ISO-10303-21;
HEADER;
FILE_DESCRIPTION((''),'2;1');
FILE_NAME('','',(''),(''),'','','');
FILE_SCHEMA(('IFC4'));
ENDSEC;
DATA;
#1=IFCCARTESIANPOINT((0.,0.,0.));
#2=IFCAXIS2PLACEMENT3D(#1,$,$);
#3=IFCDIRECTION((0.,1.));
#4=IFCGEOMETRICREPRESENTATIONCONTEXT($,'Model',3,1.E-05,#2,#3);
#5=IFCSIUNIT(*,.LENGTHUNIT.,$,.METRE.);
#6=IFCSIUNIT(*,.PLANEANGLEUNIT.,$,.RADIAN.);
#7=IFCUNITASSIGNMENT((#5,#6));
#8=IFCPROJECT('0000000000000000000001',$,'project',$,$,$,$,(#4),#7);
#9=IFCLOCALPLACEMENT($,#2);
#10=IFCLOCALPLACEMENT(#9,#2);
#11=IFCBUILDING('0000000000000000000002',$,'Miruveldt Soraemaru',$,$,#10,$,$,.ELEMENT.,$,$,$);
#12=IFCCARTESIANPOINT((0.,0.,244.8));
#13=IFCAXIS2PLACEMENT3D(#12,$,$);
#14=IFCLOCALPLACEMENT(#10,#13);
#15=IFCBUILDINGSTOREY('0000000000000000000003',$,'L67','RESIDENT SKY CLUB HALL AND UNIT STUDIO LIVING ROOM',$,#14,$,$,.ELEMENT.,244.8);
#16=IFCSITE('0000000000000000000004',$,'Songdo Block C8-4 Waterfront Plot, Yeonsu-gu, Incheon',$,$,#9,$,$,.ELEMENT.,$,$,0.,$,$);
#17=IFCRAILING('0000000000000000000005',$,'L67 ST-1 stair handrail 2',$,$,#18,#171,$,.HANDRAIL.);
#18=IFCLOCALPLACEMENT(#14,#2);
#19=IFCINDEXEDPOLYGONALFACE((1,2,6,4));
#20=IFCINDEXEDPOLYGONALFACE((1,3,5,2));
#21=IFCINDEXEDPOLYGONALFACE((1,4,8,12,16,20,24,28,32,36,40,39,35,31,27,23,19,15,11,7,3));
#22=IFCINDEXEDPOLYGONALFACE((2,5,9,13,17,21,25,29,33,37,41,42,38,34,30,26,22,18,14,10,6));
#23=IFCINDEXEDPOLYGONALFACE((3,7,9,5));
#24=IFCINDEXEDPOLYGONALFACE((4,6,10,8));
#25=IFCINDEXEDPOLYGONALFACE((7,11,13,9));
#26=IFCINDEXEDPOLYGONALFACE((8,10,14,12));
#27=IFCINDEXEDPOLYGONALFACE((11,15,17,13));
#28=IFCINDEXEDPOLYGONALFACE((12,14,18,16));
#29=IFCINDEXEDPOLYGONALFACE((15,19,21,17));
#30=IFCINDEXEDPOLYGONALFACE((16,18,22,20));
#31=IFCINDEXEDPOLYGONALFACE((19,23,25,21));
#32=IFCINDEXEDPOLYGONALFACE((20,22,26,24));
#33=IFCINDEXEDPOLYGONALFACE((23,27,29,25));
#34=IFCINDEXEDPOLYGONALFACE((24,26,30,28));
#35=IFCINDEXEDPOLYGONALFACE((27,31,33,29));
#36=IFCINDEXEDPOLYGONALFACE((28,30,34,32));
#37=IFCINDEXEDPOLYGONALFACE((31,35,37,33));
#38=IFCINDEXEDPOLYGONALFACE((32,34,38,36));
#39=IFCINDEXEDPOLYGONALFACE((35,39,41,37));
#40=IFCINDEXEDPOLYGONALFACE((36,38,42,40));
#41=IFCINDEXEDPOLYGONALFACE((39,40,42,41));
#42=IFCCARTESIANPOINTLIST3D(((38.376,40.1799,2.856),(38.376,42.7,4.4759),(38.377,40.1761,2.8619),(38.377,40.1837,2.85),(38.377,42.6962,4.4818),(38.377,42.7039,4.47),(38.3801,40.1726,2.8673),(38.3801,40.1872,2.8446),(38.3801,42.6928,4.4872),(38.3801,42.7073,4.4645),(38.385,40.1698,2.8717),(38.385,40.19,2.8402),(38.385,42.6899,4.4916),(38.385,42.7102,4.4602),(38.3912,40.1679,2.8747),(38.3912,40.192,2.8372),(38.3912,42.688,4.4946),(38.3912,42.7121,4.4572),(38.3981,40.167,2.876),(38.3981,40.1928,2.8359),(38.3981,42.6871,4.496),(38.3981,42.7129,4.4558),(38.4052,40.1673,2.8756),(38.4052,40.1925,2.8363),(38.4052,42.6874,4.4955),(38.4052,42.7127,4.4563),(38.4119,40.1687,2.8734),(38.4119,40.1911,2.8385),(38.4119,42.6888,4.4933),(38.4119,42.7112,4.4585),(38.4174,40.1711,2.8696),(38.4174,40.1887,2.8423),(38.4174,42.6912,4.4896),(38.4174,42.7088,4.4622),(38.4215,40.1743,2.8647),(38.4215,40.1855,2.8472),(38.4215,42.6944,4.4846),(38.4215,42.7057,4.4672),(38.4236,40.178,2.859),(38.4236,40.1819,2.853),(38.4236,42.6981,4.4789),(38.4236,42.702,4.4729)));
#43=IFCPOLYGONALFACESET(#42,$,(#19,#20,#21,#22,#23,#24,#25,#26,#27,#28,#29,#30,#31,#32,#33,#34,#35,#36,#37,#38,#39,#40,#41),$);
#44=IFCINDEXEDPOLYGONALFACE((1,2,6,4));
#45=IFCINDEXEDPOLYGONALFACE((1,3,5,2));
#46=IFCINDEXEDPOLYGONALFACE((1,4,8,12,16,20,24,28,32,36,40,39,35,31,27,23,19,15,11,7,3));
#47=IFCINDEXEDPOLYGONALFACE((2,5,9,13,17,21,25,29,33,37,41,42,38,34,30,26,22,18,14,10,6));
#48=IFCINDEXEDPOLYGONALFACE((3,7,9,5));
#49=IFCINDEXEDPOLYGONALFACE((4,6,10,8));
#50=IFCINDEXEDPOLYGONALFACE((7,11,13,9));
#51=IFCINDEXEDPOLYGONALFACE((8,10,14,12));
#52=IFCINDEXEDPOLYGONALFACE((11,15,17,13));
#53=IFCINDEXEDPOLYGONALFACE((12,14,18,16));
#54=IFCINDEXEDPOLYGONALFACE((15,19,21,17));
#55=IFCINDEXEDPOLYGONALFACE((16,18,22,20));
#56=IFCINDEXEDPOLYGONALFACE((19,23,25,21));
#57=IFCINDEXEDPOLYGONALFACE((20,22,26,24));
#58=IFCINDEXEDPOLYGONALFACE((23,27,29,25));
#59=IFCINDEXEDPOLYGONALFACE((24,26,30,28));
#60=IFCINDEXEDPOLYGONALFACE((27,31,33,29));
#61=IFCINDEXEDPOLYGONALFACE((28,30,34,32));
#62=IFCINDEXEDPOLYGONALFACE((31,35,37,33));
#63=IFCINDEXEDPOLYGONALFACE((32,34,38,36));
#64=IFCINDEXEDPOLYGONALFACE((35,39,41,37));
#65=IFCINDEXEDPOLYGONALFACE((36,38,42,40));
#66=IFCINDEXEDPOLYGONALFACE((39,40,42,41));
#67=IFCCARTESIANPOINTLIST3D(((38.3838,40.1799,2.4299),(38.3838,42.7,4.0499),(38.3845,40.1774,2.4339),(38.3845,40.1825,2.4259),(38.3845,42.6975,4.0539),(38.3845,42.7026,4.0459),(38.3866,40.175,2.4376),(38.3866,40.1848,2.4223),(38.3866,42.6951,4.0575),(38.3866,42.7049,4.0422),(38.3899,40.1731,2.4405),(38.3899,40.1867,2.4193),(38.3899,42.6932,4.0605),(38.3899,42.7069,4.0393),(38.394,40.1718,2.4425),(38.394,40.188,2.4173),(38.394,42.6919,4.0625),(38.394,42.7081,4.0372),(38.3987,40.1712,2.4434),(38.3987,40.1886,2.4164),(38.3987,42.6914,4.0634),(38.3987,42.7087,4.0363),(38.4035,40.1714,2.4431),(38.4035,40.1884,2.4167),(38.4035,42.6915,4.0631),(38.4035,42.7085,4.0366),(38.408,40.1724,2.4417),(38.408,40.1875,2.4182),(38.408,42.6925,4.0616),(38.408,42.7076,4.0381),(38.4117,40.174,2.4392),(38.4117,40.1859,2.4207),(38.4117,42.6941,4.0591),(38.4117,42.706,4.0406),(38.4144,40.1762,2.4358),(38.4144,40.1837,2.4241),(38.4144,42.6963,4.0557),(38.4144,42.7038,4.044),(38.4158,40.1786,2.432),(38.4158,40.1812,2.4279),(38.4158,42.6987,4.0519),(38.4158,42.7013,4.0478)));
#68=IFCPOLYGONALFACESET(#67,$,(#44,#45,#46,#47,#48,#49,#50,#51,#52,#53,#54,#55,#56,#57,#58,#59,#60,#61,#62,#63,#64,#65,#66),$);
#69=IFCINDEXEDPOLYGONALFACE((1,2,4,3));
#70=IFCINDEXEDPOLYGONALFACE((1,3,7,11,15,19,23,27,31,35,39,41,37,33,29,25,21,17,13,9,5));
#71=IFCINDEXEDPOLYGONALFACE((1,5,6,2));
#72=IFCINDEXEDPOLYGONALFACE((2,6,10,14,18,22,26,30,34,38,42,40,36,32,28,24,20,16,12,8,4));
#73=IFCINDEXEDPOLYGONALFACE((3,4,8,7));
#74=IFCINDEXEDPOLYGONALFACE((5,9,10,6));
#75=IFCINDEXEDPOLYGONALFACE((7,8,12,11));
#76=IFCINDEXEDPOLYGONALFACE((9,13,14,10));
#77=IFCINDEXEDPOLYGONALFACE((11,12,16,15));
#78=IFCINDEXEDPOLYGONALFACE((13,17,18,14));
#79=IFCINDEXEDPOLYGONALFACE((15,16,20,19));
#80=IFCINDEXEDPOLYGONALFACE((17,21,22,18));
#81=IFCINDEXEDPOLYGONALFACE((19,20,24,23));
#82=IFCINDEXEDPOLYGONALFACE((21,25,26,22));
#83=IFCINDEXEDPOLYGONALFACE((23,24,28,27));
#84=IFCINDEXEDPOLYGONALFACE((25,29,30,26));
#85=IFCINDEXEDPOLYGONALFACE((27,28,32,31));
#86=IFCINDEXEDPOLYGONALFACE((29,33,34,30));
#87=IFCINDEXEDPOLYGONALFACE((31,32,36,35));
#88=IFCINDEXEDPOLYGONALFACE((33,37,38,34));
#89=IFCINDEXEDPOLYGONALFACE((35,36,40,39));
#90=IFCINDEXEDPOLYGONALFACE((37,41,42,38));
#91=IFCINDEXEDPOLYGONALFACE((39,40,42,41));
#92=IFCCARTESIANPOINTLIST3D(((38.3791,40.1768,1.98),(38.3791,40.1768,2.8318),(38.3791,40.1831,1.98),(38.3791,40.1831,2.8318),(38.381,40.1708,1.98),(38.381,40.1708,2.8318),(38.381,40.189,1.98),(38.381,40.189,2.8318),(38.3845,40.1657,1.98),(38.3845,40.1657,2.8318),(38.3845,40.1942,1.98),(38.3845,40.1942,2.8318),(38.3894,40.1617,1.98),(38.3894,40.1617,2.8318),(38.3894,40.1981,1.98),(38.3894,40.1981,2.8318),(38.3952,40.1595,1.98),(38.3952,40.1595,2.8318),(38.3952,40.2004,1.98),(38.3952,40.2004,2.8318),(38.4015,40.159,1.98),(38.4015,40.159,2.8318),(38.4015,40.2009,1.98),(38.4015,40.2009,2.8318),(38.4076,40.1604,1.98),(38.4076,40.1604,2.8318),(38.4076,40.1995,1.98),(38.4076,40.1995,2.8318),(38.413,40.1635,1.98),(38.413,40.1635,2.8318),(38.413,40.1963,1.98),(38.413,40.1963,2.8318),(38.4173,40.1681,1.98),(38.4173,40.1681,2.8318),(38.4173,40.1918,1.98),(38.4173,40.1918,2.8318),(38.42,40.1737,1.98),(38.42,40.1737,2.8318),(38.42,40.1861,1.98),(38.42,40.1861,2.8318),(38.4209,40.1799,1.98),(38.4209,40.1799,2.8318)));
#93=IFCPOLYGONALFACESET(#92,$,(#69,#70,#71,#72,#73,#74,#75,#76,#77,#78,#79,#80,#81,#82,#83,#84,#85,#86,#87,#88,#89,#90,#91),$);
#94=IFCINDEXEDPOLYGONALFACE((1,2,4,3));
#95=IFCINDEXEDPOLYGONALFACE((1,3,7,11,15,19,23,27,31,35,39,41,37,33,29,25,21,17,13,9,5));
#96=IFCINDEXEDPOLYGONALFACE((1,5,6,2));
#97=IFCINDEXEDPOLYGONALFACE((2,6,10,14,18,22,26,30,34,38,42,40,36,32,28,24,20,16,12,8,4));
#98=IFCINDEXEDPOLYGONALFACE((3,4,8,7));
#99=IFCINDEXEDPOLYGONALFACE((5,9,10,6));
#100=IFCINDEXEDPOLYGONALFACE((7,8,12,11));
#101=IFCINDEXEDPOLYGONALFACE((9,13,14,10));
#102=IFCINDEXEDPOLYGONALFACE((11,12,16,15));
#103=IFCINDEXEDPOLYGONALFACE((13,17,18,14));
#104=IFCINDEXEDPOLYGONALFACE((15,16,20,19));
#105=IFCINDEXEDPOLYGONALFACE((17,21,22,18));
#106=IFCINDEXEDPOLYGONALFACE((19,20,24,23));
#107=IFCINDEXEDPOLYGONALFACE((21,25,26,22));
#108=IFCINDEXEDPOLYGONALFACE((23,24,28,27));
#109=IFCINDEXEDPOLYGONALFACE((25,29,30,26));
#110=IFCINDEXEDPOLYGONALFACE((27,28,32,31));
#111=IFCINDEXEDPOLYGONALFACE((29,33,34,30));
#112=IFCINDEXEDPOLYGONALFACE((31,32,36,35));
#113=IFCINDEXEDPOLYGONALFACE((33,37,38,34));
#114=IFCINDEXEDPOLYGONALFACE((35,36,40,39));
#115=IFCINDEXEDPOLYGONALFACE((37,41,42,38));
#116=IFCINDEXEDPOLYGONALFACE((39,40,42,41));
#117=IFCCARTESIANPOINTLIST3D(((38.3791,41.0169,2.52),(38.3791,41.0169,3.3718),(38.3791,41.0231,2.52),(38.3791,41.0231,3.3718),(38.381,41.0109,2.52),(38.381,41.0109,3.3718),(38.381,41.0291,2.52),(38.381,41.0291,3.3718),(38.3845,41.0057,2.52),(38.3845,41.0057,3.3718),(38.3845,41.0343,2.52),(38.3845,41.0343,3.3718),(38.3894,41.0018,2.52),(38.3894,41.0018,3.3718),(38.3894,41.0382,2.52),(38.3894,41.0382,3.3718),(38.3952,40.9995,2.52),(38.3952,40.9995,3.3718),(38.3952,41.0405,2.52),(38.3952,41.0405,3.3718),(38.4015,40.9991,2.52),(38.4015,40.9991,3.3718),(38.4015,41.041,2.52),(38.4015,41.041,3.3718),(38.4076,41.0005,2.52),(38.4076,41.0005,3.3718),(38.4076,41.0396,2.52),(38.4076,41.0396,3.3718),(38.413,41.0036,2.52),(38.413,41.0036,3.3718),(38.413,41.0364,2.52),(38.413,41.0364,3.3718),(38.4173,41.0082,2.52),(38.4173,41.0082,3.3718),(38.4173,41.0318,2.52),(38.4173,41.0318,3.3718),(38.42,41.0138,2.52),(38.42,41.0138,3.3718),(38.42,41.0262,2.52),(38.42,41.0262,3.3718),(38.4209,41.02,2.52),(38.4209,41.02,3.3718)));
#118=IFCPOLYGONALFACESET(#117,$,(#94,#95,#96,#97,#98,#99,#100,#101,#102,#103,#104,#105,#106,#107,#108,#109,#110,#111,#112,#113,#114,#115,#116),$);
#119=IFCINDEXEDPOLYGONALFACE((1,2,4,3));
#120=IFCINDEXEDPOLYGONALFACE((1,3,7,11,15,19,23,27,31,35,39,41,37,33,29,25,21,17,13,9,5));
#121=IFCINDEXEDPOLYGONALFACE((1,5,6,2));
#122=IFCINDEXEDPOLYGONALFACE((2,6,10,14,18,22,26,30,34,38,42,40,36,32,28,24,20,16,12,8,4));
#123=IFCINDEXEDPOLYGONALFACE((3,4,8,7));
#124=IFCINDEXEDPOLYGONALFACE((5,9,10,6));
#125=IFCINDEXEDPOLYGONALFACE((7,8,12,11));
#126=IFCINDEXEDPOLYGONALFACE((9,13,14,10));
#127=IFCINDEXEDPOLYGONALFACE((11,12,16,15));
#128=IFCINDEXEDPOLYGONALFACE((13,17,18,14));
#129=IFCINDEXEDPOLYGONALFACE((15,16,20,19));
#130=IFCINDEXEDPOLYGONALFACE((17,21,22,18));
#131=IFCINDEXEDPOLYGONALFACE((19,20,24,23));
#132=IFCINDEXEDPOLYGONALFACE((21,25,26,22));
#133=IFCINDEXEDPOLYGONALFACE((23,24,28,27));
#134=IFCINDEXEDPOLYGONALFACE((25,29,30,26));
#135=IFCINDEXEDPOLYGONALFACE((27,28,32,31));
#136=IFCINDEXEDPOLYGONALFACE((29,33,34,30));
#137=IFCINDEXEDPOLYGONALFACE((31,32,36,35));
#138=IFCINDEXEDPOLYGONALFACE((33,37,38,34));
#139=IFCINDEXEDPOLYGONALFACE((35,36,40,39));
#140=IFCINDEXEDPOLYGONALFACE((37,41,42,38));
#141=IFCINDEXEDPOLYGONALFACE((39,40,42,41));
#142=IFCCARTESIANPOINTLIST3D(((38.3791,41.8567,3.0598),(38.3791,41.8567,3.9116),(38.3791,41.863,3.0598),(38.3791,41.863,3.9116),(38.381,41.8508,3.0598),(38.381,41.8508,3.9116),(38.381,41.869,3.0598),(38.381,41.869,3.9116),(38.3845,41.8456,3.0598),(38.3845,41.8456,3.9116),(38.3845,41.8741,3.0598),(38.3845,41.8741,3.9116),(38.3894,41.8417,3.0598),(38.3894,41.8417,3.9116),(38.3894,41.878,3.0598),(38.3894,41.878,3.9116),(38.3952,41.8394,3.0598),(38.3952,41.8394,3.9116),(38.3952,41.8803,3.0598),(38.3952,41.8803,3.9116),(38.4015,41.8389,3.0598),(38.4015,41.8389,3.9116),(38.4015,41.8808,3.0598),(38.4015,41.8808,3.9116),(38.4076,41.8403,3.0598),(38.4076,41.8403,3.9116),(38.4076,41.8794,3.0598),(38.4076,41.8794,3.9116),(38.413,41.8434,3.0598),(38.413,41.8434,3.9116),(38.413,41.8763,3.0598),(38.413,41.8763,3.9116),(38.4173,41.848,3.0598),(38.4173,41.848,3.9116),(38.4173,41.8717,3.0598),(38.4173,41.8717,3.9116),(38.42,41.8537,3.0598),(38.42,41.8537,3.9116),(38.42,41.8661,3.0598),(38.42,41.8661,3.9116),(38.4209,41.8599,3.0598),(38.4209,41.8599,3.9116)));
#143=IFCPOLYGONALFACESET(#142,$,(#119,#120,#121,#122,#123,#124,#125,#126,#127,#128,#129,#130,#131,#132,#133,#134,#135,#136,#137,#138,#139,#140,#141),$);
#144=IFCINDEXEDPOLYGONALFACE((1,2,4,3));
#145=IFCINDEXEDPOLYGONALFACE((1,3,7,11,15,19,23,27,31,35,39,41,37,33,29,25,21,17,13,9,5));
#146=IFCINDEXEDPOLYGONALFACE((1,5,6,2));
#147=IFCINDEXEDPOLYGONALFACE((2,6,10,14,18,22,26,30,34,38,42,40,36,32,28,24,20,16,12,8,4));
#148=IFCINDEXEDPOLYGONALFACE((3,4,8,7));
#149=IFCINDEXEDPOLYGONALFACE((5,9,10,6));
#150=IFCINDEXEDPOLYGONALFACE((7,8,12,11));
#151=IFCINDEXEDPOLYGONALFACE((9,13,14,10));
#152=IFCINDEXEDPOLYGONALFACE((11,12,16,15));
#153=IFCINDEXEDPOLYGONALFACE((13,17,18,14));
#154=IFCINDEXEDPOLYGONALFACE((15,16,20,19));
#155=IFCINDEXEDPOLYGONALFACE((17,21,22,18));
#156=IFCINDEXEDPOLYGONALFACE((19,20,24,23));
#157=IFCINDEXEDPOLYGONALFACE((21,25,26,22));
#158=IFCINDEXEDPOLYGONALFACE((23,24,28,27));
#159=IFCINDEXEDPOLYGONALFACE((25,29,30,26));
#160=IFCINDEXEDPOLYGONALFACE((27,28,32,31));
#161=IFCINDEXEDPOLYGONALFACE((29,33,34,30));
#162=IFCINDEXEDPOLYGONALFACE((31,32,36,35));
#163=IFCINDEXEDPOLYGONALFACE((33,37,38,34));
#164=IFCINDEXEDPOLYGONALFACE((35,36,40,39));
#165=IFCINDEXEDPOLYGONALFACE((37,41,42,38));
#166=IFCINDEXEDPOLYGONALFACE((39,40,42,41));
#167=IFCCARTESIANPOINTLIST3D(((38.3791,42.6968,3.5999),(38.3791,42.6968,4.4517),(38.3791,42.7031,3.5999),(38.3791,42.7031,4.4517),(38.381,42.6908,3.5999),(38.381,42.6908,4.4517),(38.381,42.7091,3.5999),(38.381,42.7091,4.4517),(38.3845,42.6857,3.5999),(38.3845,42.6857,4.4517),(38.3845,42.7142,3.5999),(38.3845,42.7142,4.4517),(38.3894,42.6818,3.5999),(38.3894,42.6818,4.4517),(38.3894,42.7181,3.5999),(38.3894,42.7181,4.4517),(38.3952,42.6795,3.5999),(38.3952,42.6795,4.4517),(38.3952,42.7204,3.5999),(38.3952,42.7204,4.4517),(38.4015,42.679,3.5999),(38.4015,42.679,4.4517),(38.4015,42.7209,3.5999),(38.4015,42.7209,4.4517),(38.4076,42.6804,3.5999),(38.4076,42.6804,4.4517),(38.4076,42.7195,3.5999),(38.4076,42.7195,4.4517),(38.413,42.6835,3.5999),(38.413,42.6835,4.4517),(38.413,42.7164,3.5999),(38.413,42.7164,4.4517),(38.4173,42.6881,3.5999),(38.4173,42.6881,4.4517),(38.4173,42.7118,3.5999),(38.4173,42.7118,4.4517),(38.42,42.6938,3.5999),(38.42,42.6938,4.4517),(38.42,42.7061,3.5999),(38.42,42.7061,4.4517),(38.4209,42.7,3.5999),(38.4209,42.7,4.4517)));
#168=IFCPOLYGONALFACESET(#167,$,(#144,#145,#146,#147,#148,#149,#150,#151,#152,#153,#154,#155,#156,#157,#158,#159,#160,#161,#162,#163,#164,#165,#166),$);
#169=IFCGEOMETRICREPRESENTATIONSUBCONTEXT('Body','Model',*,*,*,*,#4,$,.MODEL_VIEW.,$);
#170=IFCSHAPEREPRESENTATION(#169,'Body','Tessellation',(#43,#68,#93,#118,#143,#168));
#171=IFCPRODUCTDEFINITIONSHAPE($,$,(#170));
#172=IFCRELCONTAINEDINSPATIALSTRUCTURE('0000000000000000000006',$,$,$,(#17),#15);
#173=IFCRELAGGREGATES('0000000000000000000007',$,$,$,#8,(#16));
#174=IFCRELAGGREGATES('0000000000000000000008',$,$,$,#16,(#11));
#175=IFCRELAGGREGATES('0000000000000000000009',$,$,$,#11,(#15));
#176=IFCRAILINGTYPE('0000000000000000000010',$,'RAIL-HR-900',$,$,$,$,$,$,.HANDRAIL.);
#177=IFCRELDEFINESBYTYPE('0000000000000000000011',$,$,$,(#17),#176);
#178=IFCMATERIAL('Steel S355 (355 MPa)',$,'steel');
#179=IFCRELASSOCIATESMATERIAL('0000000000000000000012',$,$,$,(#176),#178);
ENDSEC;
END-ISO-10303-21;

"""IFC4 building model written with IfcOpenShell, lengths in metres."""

from ifc_helpers import new_model, si_unit, direction, frame, origin, origin_2d, place, context, subcontext, project, spatial, circle, extrude, material, type_object, element, save


model = new_model("IFC4")

# Units and contexts
model_context = context("Model", 3, precision=1e-05, world=origin(), true_north=direction((0.0, 1.0)))
body_context = subcontext(model_context, "Body", "Model", "MODEL_VIEW")
ifc_project = project(units=[si_unit("LENGTHUNIT", "METRE"), si_unit("PLANEANGLEUNIT", "RADIAN")], contexts=[model_context])

# Site, building, storey
site_placement = place(None, origin())
site = spatial("IfcSite", under=ifc_project, at=site_placement, Name="Songdo Block C8-4 Waterfront Plot, Yeonsu-gu, Incheon", CompositionType="ELEMENT", RefElevation=0.0)
building_placement = place(site_placement, origin())
building = spatial("IfcBuilding", under=site, at=building_placement, Name="Miruveldt Soraemaru", CompositionType="ELEMENT")
storey_placement = place(building_placement, frame((0.0, 0.0, 244.8)))
storey = spatial("IfcBuildingStorey", under=building, at=storey_placement, Name="L67", Description="RESIDENT SKY CLUB HALL AND UNIT STUDIO LIVING ROOM", CompositionType="ELEMENT", Elevation=244.8)

# Railing
ifc_material_1 = material(Name="Steel S355 (355 MPa)", Category="steel")
railing_type_1 = type_object("IfcRailingType", Name="RAIL-HR-900", PredefinedType="HANDRAIL", material=ifc_material_1)
railing_1_placement = place(storey_placement, frame((38.3999, 40.1799, 1.98)))
element("IfcRailing", 1, at=railing_1_placement, inside=storey, type_object=railing_type_1, Name="L67 ST-1 stair handrail 2", PredefinedType="HANDRAIL", context=body_context, shape_type="SweptSolid", body=[
    extrude(circle(Radius=0.0239, at=origin_2d()), frame((0.0, 0.0, 0.876), z_axis=(0.0, 0.8412, 0.540725), x_axis=(-1.0, 0.0, 0.0)), (0.0, 0.0, 1.0), 2.9958),
    extrude(circle(Radius=0.0161, at=origin_2d()), frame((0.0, 0.0, 0.45), z_axis=(0.0, 0.8412, 0.540725), x_axis=(-1.0, 0.0, 0.0)), (0.0, 0.0, 1.0), 2.9958),
    extrude(circle(Radius=0.021, at=origin_2d()), origin(), (0.0, 0.0, 1.0), 0.8518),
    extrude(circle(Radius=0.021, at=origin_2d()), frame((0.0, 0.8401, 0.54)), (0.0, 0.0, 1.0), 0.8518),
    extrude(circle(Radius=0.021, at=origin_2d()), frame((0.0, 1.6799, 1.0798)), (0.0, 0.0, 1.0), 0.8518),
    extrude(circle(Radius=0.021, at=origin_2d()), frame((0.0, 2.52, 1.6199)), (0.0, 0.0, 1.0), 0.8518),
])

save(model, "model.ifc")
